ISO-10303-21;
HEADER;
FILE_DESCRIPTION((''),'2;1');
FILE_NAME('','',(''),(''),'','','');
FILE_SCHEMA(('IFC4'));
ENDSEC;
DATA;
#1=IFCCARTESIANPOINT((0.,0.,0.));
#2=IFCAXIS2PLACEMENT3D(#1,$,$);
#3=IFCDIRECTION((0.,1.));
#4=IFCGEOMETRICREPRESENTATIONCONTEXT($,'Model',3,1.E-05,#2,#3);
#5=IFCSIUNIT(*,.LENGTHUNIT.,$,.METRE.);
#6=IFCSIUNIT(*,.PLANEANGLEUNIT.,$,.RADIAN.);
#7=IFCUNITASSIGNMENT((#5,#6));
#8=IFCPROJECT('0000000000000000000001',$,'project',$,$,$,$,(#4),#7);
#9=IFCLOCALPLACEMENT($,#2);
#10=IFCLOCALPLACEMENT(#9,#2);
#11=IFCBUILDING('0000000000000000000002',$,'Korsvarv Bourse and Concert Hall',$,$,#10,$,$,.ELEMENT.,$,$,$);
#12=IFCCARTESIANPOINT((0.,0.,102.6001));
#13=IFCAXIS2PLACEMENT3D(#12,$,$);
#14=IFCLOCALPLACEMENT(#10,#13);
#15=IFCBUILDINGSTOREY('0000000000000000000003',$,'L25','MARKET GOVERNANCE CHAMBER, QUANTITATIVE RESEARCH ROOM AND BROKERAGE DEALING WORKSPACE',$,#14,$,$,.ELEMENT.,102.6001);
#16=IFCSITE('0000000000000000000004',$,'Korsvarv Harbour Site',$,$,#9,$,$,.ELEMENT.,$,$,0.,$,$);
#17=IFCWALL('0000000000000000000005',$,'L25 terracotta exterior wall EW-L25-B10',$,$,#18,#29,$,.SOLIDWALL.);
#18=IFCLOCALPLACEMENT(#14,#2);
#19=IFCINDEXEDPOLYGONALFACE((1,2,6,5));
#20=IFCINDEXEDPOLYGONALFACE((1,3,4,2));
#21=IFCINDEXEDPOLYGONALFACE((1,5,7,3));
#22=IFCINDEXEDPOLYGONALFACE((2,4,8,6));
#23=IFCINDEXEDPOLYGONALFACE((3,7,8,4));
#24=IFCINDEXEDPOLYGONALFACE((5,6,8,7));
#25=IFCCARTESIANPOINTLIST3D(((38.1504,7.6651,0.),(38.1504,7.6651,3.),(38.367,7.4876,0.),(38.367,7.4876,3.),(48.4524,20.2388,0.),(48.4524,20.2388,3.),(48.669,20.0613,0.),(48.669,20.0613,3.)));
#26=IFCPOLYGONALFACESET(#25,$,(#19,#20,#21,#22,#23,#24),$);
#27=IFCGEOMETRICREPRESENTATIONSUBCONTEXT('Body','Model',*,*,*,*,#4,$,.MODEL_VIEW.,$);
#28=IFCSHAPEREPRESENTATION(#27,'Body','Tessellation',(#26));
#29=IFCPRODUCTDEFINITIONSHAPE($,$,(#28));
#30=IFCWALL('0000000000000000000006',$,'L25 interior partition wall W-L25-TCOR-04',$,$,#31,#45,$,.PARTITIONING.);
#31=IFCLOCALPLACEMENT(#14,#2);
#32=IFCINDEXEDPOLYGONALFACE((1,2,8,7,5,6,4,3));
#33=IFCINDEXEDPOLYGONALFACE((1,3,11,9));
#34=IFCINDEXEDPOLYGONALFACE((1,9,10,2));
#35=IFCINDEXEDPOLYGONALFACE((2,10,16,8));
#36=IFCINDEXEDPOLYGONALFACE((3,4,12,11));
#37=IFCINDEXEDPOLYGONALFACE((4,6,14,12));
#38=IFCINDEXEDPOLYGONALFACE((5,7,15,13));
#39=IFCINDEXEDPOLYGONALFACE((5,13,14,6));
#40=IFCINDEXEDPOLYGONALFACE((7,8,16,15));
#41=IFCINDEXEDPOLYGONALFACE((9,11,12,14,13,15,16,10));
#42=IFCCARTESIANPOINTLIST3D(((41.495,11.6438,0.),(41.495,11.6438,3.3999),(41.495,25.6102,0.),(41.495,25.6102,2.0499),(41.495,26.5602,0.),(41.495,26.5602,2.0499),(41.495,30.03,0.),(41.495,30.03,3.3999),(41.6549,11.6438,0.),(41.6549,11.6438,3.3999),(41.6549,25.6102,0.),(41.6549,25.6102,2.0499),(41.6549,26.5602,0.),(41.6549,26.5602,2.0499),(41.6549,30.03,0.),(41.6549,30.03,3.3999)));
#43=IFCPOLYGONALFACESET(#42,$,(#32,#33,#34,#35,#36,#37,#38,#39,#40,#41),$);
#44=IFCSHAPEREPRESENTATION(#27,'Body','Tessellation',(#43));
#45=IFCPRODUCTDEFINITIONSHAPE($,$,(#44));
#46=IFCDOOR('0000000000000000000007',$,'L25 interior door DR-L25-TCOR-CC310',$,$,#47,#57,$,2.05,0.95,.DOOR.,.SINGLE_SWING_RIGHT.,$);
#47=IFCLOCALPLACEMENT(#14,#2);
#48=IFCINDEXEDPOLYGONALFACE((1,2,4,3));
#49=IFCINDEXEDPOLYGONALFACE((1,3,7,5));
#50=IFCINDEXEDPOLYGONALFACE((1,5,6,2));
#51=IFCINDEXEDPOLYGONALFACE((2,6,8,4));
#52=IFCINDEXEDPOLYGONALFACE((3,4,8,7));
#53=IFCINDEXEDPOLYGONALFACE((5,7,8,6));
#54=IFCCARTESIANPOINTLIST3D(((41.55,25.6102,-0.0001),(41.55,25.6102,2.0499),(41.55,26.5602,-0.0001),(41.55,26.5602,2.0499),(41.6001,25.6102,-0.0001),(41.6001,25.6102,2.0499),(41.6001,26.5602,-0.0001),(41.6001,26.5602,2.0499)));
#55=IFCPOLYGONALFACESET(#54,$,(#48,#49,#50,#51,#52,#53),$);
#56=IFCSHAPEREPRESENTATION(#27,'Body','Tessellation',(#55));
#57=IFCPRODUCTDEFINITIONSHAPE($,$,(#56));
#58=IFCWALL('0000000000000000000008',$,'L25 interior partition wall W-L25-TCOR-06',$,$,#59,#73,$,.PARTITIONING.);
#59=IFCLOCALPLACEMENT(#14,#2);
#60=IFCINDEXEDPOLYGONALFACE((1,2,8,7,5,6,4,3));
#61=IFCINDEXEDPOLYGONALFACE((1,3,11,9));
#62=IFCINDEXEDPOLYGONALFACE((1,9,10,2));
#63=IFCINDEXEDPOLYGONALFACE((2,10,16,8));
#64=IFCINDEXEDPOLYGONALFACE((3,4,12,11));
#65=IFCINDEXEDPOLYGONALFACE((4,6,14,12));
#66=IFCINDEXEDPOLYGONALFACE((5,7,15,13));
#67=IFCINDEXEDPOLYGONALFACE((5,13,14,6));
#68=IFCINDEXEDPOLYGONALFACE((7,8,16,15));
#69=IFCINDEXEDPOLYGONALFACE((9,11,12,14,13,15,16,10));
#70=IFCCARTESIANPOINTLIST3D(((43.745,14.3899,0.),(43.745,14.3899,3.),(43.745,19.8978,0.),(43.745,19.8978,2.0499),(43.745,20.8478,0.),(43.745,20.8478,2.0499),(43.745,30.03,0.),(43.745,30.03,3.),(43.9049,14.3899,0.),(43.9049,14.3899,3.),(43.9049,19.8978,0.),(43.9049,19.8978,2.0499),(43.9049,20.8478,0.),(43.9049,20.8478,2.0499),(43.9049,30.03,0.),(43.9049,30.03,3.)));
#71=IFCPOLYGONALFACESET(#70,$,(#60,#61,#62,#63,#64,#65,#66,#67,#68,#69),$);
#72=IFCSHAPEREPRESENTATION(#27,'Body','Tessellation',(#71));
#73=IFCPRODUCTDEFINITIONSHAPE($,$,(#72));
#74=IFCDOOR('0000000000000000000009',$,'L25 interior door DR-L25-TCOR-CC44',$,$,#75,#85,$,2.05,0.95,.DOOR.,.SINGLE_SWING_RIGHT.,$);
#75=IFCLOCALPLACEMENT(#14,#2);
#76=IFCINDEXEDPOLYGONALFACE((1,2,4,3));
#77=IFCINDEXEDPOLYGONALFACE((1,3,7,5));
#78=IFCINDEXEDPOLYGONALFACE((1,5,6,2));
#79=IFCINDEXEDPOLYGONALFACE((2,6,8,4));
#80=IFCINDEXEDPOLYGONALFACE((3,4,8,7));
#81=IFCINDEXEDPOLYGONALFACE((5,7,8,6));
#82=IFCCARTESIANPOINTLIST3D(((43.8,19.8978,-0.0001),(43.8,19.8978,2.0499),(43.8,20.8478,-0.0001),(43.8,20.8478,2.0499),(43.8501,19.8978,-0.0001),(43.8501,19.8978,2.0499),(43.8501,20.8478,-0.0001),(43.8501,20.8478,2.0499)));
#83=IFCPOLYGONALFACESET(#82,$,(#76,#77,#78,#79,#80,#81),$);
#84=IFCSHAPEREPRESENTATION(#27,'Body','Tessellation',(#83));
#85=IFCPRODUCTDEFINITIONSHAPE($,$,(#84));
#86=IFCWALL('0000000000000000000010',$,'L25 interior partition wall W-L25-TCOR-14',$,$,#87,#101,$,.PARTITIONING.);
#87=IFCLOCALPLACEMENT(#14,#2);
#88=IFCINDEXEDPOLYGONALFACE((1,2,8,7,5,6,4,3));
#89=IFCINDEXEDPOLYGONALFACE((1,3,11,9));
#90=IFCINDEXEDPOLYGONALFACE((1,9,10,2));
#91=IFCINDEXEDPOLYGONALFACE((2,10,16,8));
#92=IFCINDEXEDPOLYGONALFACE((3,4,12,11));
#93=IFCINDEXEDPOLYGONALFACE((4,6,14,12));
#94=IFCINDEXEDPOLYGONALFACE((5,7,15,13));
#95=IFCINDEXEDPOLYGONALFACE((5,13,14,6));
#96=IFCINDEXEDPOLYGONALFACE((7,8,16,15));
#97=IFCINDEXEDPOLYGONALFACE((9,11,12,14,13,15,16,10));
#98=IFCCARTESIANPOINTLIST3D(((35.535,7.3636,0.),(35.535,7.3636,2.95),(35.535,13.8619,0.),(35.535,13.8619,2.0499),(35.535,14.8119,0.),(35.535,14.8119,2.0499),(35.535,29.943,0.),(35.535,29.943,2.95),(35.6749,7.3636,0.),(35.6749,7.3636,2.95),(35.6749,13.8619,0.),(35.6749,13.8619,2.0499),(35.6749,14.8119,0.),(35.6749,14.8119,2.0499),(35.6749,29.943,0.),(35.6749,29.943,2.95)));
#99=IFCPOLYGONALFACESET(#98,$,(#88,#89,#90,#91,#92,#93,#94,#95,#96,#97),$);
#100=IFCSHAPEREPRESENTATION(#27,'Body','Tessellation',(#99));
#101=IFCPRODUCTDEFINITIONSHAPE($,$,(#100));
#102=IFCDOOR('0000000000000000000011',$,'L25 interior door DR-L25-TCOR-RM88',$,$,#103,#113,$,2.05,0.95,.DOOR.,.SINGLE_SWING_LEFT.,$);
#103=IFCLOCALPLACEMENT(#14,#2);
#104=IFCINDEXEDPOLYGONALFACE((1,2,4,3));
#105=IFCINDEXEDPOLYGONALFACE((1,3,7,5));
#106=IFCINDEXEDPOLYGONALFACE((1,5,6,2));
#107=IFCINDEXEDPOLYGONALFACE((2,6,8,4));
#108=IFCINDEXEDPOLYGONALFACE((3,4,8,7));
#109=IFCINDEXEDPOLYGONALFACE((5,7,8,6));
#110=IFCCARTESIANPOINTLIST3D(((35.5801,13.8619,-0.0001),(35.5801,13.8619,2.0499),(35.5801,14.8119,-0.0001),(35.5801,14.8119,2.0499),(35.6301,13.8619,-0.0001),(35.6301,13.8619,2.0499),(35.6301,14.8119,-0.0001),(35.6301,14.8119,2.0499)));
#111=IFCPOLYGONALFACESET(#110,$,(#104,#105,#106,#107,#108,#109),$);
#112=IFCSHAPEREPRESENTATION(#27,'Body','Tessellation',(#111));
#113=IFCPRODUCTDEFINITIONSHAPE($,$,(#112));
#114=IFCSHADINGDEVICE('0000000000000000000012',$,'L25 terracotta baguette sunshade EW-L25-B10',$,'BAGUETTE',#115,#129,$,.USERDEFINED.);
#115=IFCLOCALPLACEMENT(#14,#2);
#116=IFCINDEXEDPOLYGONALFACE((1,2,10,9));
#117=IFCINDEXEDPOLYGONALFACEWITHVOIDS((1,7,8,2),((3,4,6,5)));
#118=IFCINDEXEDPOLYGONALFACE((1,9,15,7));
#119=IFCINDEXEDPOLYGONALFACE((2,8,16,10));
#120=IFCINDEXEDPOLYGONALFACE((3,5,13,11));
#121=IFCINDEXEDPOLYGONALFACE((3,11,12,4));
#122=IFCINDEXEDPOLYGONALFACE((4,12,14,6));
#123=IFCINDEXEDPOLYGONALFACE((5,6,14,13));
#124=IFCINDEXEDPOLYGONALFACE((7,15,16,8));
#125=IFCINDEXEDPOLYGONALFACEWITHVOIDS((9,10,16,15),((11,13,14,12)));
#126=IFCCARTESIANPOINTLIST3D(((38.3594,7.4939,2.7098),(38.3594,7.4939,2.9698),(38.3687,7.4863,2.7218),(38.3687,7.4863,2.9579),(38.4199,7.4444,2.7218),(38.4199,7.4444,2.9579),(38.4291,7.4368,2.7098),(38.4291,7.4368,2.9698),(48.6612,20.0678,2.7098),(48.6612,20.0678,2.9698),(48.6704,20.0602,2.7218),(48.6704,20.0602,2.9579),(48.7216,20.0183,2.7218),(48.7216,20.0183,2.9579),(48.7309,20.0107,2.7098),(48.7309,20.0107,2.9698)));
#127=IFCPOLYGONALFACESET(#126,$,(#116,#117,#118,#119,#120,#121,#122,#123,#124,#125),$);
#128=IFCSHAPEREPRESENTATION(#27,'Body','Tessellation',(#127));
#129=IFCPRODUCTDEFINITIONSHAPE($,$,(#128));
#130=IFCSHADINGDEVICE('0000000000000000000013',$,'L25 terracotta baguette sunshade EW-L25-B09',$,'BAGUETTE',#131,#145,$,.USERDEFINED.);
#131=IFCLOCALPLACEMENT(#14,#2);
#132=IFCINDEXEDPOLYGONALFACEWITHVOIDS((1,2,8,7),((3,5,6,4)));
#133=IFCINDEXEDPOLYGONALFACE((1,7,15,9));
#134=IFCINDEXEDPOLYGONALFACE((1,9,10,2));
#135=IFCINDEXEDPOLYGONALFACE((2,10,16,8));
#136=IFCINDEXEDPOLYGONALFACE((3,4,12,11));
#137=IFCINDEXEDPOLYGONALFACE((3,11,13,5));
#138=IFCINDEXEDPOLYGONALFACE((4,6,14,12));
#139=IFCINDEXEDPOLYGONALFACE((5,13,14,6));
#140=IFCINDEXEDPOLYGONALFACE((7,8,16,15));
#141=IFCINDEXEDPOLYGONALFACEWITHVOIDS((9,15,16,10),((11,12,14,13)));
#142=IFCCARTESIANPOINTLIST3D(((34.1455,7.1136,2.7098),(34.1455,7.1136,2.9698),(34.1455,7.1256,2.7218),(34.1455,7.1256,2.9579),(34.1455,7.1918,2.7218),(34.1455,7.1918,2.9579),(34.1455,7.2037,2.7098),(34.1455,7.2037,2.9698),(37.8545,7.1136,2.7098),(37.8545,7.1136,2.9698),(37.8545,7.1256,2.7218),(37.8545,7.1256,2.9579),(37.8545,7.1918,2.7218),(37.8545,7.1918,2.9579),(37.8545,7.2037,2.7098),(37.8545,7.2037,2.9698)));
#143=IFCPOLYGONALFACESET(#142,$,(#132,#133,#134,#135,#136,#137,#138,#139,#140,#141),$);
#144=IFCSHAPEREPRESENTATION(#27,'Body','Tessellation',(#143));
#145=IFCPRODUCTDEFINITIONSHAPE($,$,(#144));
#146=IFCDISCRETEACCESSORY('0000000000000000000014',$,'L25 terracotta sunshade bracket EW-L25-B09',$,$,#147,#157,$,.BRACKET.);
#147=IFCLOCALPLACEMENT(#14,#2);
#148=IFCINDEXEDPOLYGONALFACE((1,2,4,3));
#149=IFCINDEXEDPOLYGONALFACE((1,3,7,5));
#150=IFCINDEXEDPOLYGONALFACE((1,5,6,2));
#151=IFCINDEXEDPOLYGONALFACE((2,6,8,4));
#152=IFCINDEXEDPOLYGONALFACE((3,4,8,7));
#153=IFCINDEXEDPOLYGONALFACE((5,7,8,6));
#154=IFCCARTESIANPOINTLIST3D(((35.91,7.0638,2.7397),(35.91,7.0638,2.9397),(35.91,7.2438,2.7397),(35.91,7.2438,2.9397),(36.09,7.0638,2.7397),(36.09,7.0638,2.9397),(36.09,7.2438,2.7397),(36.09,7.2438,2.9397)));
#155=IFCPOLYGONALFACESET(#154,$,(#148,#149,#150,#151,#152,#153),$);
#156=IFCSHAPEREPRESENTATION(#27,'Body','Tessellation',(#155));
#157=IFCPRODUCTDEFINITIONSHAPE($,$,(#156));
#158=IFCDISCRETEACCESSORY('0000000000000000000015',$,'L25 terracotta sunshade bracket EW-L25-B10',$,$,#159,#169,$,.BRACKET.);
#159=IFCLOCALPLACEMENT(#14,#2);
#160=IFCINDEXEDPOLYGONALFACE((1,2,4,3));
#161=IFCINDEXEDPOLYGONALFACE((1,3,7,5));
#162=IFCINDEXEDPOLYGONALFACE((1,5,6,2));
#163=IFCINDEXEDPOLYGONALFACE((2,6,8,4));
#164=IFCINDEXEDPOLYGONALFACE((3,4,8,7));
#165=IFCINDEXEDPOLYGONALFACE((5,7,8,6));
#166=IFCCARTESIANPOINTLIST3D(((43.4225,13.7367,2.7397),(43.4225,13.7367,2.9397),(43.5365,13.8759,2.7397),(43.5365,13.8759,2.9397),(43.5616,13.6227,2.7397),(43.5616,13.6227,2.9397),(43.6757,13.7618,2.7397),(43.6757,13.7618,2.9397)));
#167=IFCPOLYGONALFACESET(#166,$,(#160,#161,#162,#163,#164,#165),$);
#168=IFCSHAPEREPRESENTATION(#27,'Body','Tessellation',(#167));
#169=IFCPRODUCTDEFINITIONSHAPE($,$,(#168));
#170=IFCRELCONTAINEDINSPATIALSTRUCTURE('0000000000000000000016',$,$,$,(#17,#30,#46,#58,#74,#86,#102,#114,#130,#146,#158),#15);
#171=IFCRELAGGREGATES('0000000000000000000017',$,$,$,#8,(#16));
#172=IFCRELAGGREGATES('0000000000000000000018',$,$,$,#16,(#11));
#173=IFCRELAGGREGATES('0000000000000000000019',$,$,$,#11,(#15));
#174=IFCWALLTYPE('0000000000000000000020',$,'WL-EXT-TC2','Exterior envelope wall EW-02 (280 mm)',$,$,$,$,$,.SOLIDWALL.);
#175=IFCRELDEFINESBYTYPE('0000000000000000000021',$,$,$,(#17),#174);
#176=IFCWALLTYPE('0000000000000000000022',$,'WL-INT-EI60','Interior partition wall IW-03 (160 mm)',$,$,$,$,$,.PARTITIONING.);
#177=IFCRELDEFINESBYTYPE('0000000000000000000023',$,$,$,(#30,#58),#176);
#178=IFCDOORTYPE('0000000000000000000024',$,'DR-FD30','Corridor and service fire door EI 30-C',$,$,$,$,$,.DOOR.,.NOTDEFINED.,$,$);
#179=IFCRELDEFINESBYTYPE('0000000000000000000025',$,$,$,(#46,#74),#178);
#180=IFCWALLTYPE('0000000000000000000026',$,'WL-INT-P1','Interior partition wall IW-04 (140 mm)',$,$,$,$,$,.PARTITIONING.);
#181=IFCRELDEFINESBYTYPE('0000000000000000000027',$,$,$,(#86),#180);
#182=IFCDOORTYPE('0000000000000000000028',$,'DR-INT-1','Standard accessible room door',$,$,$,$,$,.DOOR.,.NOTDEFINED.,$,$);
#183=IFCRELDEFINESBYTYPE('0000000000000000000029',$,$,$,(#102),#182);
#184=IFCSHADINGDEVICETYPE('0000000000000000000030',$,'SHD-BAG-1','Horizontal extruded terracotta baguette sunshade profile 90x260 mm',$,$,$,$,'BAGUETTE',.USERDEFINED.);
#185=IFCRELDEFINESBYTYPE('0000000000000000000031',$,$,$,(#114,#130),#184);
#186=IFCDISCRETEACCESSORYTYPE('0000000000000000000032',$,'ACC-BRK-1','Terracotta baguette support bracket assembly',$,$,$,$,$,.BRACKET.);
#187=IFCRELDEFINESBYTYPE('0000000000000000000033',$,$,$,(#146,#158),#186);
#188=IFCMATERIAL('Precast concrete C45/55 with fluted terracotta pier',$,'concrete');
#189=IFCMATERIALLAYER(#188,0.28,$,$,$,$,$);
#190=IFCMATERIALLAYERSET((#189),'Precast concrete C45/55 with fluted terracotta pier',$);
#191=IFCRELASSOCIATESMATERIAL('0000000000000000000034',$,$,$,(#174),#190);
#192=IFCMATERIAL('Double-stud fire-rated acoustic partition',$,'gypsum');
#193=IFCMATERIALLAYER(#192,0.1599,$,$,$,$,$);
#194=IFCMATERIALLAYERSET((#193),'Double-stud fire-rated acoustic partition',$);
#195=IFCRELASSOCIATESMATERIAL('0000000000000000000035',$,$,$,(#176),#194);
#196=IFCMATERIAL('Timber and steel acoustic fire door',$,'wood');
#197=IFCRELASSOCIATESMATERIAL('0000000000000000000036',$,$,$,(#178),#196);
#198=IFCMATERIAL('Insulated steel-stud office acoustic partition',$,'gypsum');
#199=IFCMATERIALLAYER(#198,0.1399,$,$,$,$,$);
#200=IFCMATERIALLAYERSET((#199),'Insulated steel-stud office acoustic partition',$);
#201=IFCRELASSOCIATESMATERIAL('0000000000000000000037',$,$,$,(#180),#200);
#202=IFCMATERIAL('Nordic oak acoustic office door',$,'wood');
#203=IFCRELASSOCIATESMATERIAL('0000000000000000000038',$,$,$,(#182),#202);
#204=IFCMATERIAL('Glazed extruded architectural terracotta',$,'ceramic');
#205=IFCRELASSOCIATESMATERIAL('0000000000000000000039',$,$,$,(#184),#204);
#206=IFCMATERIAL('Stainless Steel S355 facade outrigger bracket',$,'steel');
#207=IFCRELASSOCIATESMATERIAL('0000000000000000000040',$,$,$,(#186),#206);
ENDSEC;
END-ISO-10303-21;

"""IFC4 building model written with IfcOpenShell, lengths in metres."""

from ifc_helpers import new_model, si_unit, direction, frame, frame_2d, origin, origin_2d, place, context, subcontext, project, spatial, rectangle, hollow_rectangle, extrude, source, transform, mapped, material, layer, layer_set, material_profile, profile_set, type_object, element, fill, save


model = new_model("IFC4")

# Units and contexts
model_context = context("Model", 3, precision=1e-05, world=origin(), true_north=direction((0.0, 1.0)))
body_context = subcontext(model_context, "Body", "Model", "MODEL_VIEW")
ifc_project = project(units=[si_unit("LENGTHUNIT", "METRE"), si_unit("PLANEANGLEUNIT", "RADIAN")], contexts=[model_context])

# Site, building, storey
site_placement = place(None, origin())
site = spatial("IfcSite", under=ifc_project, at=site_placement, Name="Korsvarv Harbour Site", CompositionType="ELEMENT", RefElevation=0.0)
building_placement = place(site_placement, origin())
building = spatial("IfcBuilding", under=site, at=building_placement, Name="Korsvarv Bourse and Concert Hall", CompositionType="ELEMENT")
storey_placement = place(building_placement, frame((0.0, 0.0, 102.6001)))
storey = spatial("IfcBuildingStorey", under=building, at=storey_placement, Name="L25", Description="MARKET GOVERNANCE CHAMBER, QUANTITATIVE RESEARCH ROOM AND BROKERAGE DEALING WORKSPACE", CompositionType="ELEMENT", Elevation=102.6001)

# Wall
ifc_material_1 = material(Name="Precast concrete C45/55 with fluted terracotta pier", Category="concrete")
ifc_layer_1 = layer(ifc_material_1, 0.28)
ifc_layer_set_1 = layer_set([ifc_layer_1], Name="Precast concrete C45/55 with fluted terracotta pier")
wall_type_1 = type_object("IfcWallType", Name="WL-EXT-TC2", Description="Exterior envelope wall EW-02 (280 mm)", PredefinedType="SOLIDWALL", material=ifc_layer_set_1)
wall_1_placement = place(storey_placement, frame((38.2588, 7.5764, 0.0), z_axis=(0.0, 0.0, 1.0), x_axis=(0.633768, 0.773523, 0.0)))
element("IfcWall", 1, at=wall_1_placement, inside=storey, type_object=wall_type_1, Name="L25 terracotta exterior wall EW-L25-B10", PredefinedType="SOLIDWALL", context=body_context, shape_type="SweptSolid", body=[
    extrude(rectangle(XDim=16.2551, YDim=0.28, at=frame_2d((8.1274, 0.0))), origin(), (0.0, 0.0, 1.0), 3.0),
])

# Walls, openings, doors
ifc_material_2 = material(Name="Double-stud fire-rated acoustic partition", Category="gypsum")
ifc_layer_2 = layer(ifc_material_2, 0.1599)
ifc_layer_set_2 = layer_set([ifc_layer_2], Name="Double-stud fire-rated acoustic partition")
wall_type_2 = type_object("IfcWallType", Name="WL-INT-EI60", Description="Interior partition wall IW-03 (160 mm)", PredefinedType="PARTITIONING", material=ifc_layer_set_2)
wall_2_placement = place(storey_placement, frame((41.575, 11.6438, 0.0), z_axis=(0.0, 0.0, 1.0), x_axis=(0.0, 1.0, 0.0)))
wall_2 = element("IfcWall", 2, at=wall_2_placement, inside=storey, type_object=wall_type_2, Name="L25 interior partition wall W-L25-TCOR-04", PredefinedType="PARTITIONING", context=body_context, shape_type="SweptSolid", body=[
    extrude(rectangle(XDim=18.3862, YDim=0.1599, at=frame_2d((9.1931, 0.0))), origin(), (0.0, 0.0, 1.0), 3.3999),
])
opening_1_placement = place(wall_2_placement, frame((13.9663, 0.0, 0.0)))
opening_1 = element("IfcOpeningElement", 3, at=opening_1_placement, cuts=wall_2, PredefinedType="OPENING", context=body_context, shape_type="SweptSolid", body=[
    extrude(rectangle(XDim=0.95, YDim=2.05, at=frame_2d((0.4751, 1.0249))), frame((0.0, 0.0898, 0.0), z_axis=(0.0, -1.0, 0.0), x_axis=(1.0, 0.0, 0.0)), (0.0, 0.0, 1.0), 0.1799),
])
ifc_material_3 = material(Name="Timber and steel acoustic fire door", Category="wood")
door_type_1 = type_object("IfcDoorType", Name="DR-FD30", Description="Corridor and service fire door EI 30-C", OperationType="NOTDEFINED", PredefinedType="DOOR", material=ifc_material_3)
door_1_placement = place(opening_1_placement, origin())
door_1 = element("IfcDoor", 4, at=door_1_placement, inside=storey, type_object=door_type_1, Name="L25 interior door DR-L25-TCOR-CC310", OperationType="SINGLE_SWING_RIGHT", OverallHeight=2.05, OverallWidth=0.95, PredefinedType="DOOR", context=body_context, shape_type="SweptSolid", body=[
    extrude(rectangle(XDim=0.95, YDim=2.05, at=frame_2d((0.4751, 1.0249))), frame((0.0, 0.0249, 0.0), z_axis=(0.0, -1.0, 0.0), x_axis=(1.0, 0.0, 0.0)), (0.0, 0.0, 1.0), 0.05),
])
fill(opening_1, door_1)
wall_3_placement = place(storey_placement, frame((43.825, 14.3899, 0.0), z_axis=(0.0, 0.0, 1.0), x_axis=(0.0, 1.0, 0.0)))
wall_3 = element("IfcWall", 5, at=wall_3_placement, inside=storey, type_object=wall_type_2, Name="L25 interior partition wall W-L25-TCOR-06", PredefinedType="PARTITIONING", context=body_context, shape_type="SweptSolid", body=[
    extrude(rectangle(XDim=15.6401, YDim=0.1599, at=frame_2d((7.8201, 0.0))), origin(), (0.0, 0.0, 1.0), 3.0),
])
opening_2_placement = place(wall_3_placement, frame((5.5078, 0.0, 0.0)))
opening_2 = element("IfcOpeningElement", 6, at=opening_2_placement, cuts=wall_3, PredefinedType="OPENING", context=body_context, shape_type="SweptSolid", body=[
    extrude(rectangle(XDim=0.95, YDim=2.05, at=frame_2d((0.4751, 1.0249))), frame((0.0, 0.0898, 0.0), z_axis=(0.0, -1.0, 0.0), x_axis=(1.0, 0.0, 0.0)), (0.0, 0.0, 1.0), 0.1799),
])
door_2_placement = place(opening_2_placement, origin())
door_2 = element("IfcDoor", 7, at=door_2_placement, inside=storey, type_object=door_type_1, Name="L25 interior door DR-L25-TCOR-CC44", OperationType="SINGLE_SWING_RIGHT", OverallHeight=2.05, OverallWidth=0.95, PredefinedType="DOOR", context=body_context, shape_type="SweptSolid", body=[
    extrude(rectangle(XDim=0.95, YDim=2.05, at=frame_2d((0.4751, 1.0249))), frame((0.0, 0.0249, 0.0), z_axis=(0.0, -1.0, 0.0), x_axis=(1.0, 0.0, 0.0)), (0.0, 0.0, 1.0), 0.05),
])
fill(opening_2, door_2)
ifc_material_4 = material(Name="Insulated steel-stud office acoustic partition", Category="gypsum")
ifc_layer_3 = layer(ifc_material_4, 0.1399)
ifc_layer_set_3 = layer_set([ifc_layer_3], Name="Insulated steel-stud office acoustic partition")
wall_type_3 = type_object("IfcWallType", Name="WL-INT-P1", Description="Interior partition wall IW-04 (140 mm)", PredefinedType="PARTITIONING", material=ifc_layer_set_3)
wall_4_placement = place(storey_placement, frame((35.605, 7.3638, 0.0), z_axis=(0.0, 0.0, 1.0), x_axis=(0.0, 1.0, 0.0)))
wall_4 = element("IfcWall", 8, at=wall_4_placement, inside=storey, type_object=wall_type_3, Name="L25 interior partition wall W-L25-TCOR-14", PredefinedType="PARTITIONING", context=body_context, shape_type="SweptSolid", body=[
    extrude(rectangle(XDim=22.5793, YDim=0.1399, at=frame_2d((11.2896, 0.0))), origin(), (0.0, 0.0, 1.0), 2.95),
])
opening_3_placement = place(wall_4_placement, frame((6.498, 0.0, 0.0)))
opening_3 = element("IfcOpeningElement", 9, at=opening_3_placement, cuts=wall_4, PredefinedType="OPENING", context=body_context, shape_type="SweptSolid", body=[
    extrude(rectangle(XDim=0.95, YDim=2.05, at=frame_2d((0.4751, 1.0249))), frame((0.0, 0.0801, 0.0), z_axis=(0.0, -1.0, 0.0), x_axis=(1.0, 0.0, 0.0)), (0.0, 0.0, 1.0), 0.1599),
])
ifc_material_5 = material(Name="Nordic oak acoustic office door", Category="wood")
door_type_2 = type_object("IfcDoorType", Name="DR-INT-1", Description="Standard accessible room door", OperationType="NOTDEFINED", PredefinedType="DOOR", material=ifc_material_5)
door_3_placement = place(opening_3_placement, origin())
door_3 = element("IfcDoor", 10, at=door_3_placement, inside=storey, type_object=door_type_2, Name="L25 interior door DR-L25-TCOR-RM88", OperationType="SINGLE_SWING_LEFT", OverallHeight=2.05, OverallWidth=0.95, PredefinedType="DOOR", context=body_context, shape_type="SweptSolid", body=[
    extrude(rectangle(XDim=0.95, YDim=2.05, at=frame_2d((0.4751, 1.0249))), frame((0.0, 0.0249, 0.0), z_axis=(0.0, -1.0, 0.0), x_axis=(1.0, 0.0, 0.0)), (0.0, 0.0, 1.0), 0.05),
])
fill(opening_3, door_3)

# Shading devices
ifc_material_6 = material(Name="Glazed extruded architectural terracotta", Category="ceramic")
ifc_material_profile_1 = material_profile(ifc_material_6, hollow_rectangle(XDim=0.0901, YDim=0.26, WallThickness=0.012, at=origin_2d()), Name="TC-BAG 90x260")
ifc_profile_set_1 = profile_set([ifc_material_profile_1], Name="Glazed extruded architectural terracotta")
shading_device_type = type_object("IfcShadingDeviceType", Name="SHD-BAG-1", Description="Horizontal extruded terracotta baguette sunshade profile 90x260 mm", ElementType="BAGUETTE", PredefinedType="USERDEFINED", material=ifc_profile_set_1)
shared_shape_1 = source(origin(), body_context, "Body", "SweptSolid", [
    extrude(hollow_rectangle(XDim=0.0901, YDim=0.26, WallThickness=0.012, at=origin_2d()), origin(), (0.0, 0.0, 1.0), 16.2551),
])
shading_device_1_placement = place(storey_placement, frame((38.3943, 7.4653, 2.8398), z_axis=(0.633752, 0.773536, 0.0), x_axis=(-0.773536, 0.633752, 0.0)))
element("IfcShadingDevice", 11, at=shading_device_1_placement, inside=storey, type_object=shading_device_type, Name="L25 terracotta baguette sunshade EW-L25-B10", ObjectType="BAGUETTE", PredefinedType="USERDEFINED", context=body_context, shape_type="MappedRepresentation", body=[
    mapped(shared_shape_1, transform((0.0, 0.0, 0.0), scale=1.0)),
])
shared_shape_2 = source(origin(), body_context, "Body", "SweptSolid", [
    extrude(hollow_rectangle(XDim=0.0901, YDim=0.26, WallThickness=0.012, at=origin_2d()), origin(), (0.0, 0.0, 1.0), 3.709),
])
shading_device_2_placement = place(storey_placement, frame((34.1455, 7.1587, 2.8398), z_axis=(1.0, 0.0, 0.0), x_axis=(0.0, 1.0, 0.0)))
element("IfcShadingDevice", 12, at=shading_device_2_placement, inside=storey, type_object=shading_device_type, Name="L25 terracotta baguette sunshade EW-L25-B09", ObjectType="BAGUETTE", PredefinedType="USERDEFINED", context=body_context, shape_type="MappedRepresentation", body=[
    mapped(shared_shape_2, transform((0.0, 0.0, 0.0), scale=1.0)),
])

# Discrete accessories
ifc_material_7 = material(Name="Stainless Steel S355 facade outrigger bracket", Category="steel")
discrete_accessory_type = type_object("IfcDiscreteAccessoryType", Name="ACC-BRK-1", Description="Terracotta baguette support bracket assembly", PredefinedType="BRACKET", material=ifc_material_7)
shared_shape_3 = source(origin(), body_context, "Body", "SweptSolid", [
    extrude(rectangle(XDim=0.1799, YDim=0.1799, at=origin_2d()), origin(), (0.0, 0.0, 1.0), 0.2),
])
for number, where, z_axis, x_axis, name in (
    (13, (36.0, 7.1538, 2.7397), (0.0, 0.0, 1.0), (1.0, 0.0, 0.0), "L25 terracotta sunshade bracket EW-L25-B09"),
    (14, (43.5491, 13.7493, 2.7397), (0.0, 0.0, 1.0), (0.633786, 0.773508, 0.0), "L25 terracotta sunshade bracket EW-L25-B10"),
):
    element("IfcDiscreteAccessory", number, at=place(storey_placement, frame(where, z_axis=z_axis, x_axis=x_axis)), inside=storey, type_object=discrete_accessory_type, Name=name, PredefinedType="BRACKET", context=body_context, shape_type="MappedRepresentation", body=[
        mapped(shared_shape_3, transform((0.0, 0.0, 0.0), scale=1.0)),
    ])

save(model, "model.ifc")
